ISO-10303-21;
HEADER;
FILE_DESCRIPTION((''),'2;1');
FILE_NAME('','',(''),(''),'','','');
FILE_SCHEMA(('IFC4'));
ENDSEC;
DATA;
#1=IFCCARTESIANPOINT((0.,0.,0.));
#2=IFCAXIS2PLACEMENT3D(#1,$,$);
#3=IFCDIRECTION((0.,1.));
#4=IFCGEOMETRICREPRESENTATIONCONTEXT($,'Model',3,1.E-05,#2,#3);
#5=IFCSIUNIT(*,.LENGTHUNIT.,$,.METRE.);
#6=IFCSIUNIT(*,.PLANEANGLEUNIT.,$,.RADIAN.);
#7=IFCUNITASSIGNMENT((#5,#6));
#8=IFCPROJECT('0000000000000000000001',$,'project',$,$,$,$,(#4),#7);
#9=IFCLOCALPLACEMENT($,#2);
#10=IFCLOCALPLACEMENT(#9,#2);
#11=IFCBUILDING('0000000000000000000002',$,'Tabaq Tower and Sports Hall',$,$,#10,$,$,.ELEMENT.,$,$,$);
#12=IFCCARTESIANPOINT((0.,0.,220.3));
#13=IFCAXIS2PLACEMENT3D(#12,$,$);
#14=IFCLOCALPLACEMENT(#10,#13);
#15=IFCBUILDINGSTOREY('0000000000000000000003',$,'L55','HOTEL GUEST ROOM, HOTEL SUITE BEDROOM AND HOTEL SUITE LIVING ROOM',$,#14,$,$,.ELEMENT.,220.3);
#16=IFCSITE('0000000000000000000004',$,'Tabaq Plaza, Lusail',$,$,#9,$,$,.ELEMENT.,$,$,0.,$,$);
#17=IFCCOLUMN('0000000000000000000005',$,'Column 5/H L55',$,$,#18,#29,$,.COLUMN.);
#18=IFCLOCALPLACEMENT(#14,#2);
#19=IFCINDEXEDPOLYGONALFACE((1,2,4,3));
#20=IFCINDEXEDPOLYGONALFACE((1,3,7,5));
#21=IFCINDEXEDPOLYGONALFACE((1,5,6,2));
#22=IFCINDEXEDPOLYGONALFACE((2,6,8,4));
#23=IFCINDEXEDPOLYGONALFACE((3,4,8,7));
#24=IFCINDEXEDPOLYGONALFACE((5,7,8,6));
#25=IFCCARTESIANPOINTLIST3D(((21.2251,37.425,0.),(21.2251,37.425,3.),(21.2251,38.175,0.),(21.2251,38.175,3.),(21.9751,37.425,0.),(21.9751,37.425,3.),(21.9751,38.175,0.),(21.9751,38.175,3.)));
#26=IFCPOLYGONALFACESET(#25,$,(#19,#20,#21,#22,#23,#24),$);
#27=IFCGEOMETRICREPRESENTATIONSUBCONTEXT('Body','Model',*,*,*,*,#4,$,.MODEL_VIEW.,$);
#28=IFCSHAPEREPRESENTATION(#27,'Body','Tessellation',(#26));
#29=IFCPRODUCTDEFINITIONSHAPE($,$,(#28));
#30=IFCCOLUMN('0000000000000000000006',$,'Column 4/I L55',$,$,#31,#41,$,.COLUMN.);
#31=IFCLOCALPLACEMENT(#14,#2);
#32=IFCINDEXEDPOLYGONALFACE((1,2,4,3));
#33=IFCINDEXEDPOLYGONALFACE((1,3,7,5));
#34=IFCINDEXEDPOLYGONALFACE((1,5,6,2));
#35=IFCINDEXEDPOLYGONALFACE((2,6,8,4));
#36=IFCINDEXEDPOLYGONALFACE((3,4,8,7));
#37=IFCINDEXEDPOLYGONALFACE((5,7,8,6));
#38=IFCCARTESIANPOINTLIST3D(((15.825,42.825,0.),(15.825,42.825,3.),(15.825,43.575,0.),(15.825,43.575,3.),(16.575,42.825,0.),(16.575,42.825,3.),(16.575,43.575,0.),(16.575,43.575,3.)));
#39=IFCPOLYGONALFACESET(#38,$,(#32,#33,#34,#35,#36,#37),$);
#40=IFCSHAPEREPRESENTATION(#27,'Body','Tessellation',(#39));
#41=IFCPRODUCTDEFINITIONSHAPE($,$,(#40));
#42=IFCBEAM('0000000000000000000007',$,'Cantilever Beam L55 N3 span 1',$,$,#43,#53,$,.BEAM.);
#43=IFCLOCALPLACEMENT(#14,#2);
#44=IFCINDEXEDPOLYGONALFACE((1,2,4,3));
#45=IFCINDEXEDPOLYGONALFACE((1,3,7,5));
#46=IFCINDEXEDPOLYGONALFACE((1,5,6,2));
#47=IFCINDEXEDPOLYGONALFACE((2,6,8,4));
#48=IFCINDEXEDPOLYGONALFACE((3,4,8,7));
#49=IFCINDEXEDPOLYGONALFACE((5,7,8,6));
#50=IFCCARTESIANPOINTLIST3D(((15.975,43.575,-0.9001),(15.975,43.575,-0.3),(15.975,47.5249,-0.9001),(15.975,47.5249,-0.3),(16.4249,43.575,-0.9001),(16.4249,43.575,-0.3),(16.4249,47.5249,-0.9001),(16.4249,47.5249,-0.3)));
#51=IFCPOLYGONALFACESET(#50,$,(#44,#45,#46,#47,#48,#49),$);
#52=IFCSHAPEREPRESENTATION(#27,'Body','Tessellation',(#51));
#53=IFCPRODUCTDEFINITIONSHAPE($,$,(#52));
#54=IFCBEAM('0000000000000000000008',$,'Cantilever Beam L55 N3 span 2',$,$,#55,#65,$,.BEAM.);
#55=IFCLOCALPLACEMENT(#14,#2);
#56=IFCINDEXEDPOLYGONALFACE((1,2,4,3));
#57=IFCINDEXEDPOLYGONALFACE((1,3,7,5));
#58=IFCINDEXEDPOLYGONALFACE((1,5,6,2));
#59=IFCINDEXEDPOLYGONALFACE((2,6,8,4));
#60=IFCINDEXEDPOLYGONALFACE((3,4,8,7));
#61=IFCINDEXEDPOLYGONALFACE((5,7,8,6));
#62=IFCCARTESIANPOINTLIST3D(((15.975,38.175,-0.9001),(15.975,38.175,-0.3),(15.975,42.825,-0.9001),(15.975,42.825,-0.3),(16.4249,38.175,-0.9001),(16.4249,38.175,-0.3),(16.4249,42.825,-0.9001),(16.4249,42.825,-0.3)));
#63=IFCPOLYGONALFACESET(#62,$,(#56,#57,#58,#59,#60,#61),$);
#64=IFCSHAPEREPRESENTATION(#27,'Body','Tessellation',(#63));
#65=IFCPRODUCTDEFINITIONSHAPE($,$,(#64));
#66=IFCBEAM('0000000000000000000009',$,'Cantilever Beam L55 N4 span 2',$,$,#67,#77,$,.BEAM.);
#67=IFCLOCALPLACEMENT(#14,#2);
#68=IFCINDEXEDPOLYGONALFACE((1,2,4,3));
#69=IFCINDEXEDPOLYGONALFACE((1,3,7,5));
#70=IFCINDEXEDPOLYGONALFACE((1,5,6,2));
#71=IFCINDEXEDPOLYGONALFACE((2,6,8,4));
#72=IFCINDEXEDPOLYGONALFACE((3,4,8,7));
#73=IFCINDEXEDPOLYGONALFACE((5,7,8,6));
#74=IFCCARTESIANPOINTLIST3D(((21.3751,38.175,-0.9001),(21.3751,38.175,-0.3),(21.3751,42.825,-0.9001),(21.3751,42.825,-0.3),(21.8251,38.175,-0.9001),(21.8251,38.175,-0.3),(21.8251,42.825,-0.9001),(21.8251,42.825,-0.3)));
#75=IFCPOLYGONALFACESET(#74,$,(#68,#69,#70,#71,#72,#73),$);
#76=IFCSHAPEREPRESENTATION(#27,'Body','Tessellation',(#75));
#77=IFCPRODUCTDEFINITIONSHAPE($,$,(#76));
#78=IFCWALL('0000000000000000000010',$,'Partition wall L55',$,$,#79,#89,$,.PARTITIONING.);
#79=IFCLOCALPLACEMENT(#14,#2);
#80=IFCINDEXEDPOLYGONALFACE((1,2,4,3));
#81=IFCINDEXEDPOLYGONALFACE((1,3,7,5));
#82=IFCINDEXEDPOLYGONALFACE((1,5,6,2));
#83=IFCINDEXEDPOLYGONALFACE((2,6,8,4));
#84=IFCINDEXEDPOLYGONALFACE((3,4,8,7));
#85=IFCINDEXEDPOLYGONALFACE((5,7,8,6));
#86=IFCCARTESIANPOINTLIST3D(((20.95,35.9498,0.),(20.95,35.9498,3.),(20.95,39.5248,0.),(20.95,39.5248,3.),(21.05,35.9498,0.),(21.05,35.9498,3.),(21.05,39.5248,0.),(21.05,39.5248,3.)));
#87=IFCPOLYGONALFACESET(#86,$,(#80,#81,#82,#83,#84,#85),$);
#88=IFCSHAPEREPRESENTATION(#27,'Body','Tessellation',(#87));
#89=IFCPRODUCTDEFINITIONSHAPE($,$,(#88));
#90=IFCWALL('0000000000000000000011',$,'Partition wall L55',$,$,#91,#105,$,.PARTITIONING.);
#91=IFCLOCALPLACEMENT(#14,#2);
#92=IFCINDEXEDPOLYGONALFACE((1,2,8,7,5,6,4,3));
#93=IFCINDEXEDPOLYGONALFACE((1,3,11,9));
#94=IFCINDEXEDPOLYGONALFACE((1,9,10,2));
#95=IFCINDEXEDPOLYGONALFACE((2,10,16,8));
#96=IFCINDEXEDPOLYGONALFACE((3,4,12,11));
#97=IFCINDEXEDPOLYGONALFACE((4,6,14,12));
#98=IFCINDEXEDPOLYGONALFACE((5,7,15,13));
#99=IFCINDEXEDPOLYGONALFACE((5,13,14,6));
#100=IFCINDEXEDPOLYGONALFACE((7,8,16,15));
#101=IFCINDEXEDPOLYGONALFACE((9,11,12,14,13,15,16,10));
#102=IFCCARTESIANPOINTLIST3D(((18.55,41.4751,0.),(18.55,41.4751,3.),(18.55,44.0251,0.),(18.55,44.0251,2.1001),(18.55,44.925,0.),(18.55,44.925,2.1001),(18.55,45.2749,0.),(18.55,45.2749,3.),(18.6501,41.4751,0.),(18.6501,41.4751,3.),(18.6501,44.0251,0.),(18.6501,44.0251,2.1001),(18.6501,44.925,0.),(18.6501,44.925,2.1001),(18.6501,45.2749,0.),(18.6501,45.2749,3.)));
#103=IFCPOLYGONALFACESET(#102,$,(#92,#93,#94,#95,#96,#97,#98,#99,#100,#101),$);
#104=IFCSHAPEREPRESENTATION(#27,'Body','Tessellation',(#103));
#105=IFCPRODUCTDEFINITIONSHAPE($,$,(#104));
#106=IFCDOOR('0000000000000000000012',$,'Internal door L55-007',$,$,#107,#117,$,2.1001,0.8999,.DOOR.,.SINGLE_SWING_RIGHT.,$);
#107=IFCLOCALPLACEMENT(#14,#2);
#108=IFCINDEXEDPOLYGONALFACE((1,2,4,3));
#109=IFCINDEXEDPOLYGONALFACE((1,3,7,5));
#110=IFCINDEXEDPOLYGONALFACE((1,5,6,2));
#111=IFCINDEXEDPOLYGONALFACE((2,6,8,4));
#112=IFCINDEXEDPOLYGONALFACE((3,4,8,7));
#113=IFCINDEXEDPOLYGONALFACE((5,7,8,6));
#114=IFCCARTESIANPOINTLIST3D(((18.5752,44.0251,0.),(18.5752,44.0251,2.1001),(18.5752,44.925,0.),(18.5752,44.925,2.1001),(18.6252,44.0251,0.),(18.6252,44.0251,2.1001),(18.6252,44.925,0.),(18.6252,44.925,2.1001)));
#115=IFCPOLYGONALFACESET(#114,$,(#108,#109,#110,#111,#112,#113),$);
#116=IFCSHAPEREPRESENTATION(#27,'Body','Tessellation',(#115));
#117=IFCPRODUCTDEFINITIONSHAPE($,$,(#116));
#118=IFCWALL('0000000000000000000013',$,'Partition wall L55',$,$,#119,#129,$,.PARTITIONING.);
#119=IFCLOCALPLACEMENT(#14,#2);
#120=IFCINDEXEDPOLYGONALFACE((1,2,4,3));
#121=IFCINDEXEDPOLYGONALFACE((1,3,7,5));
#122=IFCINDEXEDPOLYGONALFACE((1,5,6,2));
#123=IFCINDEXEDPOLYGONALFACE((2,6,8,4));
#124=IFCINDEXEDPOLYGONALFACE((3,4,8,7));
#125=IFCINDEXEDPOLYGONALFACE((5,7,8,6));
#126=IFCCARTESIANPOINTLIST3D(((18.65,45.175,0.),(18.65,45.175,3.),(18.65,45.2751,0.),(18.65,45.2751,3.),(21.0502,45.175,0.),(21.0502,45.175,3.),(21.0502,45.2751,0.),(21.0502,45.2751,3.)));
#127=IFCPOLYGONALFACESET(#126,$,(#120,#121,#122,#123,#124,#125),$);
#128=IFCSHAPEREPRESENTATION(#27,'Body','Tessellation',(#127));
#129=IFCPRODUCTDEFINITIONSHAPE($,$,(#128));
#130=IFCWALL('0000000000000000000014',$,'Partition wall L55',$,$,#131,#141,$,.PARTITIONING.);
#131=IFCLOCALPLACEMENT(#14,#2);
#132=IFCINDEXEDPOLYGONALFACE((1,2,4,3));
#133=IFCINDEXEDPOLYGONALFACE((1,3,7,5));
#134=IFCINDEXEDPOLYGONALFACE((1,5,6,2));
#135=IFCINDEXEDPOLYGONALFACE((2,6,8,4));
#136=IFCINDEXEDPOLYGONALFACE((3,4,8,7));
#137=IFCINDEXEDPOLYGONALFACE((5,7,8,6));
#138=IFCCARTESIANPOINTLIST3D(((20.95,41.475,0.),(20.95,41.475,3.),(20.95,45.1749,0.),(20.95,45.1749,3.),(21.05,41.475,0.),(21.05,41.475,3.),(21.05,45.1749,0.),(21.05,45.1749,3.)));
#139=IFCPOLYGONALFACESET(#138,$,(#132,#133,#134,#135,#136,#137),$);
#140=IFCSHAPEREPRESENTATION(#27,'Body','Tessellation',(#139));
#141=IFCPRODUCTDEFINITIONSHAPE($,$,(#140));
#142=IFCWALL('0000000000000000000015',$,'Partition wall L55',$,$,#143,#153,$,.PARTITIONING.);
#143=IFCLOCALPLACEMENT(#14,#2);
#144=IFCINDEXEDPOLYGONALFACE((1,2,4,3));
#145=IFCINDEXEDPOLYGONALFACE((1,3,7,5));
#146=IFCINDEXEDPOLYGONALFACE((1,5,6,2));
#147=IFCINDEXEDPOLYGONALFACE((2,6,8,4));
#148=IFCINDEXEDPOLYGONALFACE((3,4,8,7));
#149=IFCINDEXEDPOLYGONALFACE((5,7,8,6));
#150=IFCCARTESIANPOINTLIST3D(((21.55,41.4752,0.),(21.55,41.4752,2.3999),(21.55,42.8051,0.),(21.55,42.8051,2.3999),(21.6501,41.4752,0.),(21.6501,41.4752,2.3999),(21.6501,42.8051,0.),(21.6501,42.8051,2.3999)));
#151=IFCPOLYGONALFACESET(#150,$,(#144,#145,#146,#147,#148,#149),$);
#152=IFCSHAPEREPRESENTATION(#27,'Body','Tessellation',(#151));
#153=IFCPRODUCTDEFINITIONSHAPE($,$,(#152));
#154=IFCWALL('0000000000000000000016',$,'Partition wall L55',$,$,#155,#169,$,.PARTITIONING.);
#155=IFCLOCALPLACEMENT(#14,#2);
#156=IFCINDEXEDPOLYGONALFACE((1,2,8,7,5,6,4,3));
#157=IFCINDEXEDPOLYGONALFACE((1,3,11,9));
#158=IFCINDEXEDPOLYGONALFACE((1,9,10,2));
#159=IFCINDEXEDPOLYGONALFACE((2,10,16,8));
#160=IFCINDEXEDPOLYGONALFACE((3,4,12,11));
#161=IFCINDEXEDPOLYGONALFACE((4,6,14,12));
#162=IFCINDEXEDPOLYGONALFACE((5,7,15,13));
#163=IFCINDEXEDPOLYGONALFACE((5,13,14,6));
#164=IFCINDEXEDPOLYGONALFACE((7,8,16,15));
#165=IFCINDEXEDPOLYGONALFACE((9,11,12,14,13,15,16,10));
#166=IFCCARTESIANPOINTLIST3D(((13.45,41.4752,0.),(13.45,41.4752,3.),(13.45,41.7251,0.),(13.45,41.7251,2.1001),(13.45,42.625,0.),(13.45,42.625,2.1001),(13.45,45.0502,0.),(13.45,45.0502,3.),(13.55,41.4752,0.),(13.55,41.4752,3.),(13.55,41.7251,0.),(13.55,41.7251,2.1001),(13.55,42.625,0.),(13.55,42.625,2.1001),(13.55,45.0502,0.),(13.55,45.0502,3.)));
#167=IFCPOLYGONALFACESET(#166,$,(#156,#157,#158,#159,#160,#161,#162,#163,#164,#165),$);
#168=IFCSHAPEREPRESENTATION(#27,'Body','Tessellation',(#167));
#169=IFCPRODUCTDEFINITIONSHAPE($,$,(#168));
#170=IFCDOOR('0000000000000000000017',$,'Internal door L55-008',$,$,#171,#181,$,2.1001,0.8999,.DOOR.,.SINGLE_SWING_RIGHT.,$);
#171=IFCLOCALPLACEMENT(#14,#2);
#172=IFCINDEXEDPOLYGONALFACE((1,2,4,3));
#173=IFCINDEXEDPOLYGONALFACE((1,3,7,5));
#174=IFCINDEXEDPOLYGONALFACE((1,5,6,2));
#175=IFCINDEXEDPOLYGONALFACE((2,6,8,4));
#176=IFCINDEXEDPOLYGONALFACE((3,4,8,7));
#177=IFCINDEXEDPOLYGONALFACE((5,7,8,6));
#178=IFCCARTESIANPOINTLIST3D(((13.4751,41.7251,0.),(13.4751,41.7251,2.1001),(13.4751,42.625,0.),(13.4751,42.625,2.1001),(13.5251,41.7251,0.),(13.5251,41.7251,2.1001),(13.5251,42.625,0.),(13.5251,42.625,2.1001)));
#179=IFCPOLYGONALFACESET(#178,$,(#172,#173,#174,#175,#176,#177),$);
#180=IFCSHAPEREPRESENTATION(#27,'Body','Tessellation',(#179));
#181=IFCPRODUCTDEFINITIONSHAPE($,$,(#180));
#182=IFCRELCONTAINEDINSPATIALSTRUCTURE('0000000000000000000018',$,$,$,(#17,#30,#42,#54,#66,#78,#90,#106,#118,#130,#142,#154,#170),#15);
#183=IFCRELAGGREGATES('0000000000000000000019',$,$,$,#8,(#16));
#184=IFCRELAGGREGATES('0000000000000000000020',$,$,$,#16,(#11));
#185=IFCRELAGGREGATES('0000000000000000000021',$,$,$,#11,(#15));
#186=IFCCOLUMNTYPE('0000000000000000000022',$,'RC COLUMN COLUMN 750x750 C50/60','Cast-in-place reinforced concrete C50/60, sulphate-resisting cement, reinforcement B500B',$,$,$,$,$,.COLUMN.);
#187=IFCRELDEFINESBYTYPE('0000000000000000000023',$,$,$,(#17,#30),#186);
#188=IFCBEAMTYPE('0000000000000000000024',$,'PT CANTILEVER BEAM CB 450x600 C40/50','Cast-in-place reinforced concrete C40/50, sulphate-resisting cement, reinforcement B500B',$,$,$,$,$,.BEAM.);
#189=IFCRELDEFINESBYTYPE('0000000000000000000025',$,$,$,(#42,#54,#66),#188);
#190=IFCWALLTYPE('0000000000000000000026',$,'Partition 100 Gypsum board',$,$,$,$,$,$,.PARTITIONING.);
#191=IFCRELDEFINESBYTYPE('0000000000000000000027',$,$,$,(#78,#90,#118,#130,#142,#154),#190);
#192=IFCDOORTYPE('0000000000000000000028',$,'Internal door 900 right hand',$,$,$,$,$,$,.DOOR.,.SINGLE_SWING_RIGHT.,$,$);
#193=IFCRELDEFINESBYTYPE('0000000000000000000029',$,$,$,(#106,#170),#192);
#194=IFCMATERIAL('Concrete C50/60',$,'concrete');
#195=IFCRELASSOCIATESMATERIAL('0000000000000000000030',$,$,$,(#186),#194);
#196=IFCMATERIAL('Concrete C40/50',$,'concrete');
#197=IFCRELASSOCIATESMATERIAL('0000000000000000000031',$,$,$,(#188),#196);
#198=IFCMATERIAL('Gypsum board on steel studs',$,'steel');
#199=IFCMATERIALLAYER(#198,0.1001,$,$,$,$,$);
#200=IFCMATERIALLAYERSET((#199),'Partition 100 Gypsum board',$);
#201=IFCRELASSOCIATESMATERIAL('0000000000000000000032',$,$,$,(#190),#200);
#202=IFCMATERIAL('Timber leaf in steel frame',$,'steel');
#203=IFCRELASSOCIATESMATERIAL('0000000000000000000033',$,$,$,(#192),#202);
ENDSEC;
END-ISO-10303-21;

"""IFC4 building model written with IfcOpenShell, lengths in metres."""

from ifc_helpers import new_model, si_unit, direction, frame, frame_2d, origin, origin_2d, place, context, subcontext, project, spatial, rectangle, extrude, material, layer, layer_set, material_profile, profile_set, type_object, element, fill, save


model = new_model("IFC4")

# Units and contexts
model_context = context("Model", 3, precision=1e-05, world=origin(), true_north=direction((0.0, 1.0)))
body_context = subcontext(model_context, "Body", "Model", "MODEL_VIEW")
ifc_project = project(units=[si_unit("LENGTHUNIT", "METRE"), si_unit("PLANEANGLEUNIT", "RADIAN")], contexts=[model_context])

# Site, building, storey
site_placement = place(None, origin())
site = spatial("IfcSite", under=ifc_project, at=site_placement, Name="Tabaq Plaza, Lusail", CompositionType="ELEMENT", RefElevation=0.0)
building_placement = place(site_placement, origin())
building = spatial("IfcBuilding", under=site, at=building_placement, Name="Tabaq Tower and Sports Hall", CompositionType="ELEMENT")
storey_placement = place(building_placement, frame((0.0, 0.0, 220.3)))
storey = spatial("IfcBuildingStorey", under=building, at=storey_placement, Name="L55", Description="HOTEL GUEST ROOM, HOTEL SUITE BEDROOM AND HOTEL SUITE LIVING ROOM", CompositionType="ELEMENT", Elevation=220.3)

# Columns
ifc_material_1 = material(Name="Concrete C50/60", Category="concrete")
ifc_material_profile_1 = material_profile(ifc_material_1, rectangle(XDim=0.75, YDim=0.75, at=origin_2d()), Name="COLUMN 750x750")
ifc_profile_set_1 = profile_set([ifc_material_profile_1], Name="Concrete C50/60")
column_type = type_object("IfcColumnType", Name="RC COLUMN COLUMN 750x750 C50/60", Description="Cast-in-place reinforced concrete C50/60, sulphate-resisting cement, reinforcement B500B", PredefinedType="COLUMN", material=ifc_profile_set_1)
for number, where, z_axis, x_axis, name in (
    (1, (21.6001, 37.8, 0.0), (0.0, 0.0, 1.0), (1.0, 0.0, 0.0), "Column 5/H L55"),
    (2, (16.2, 43.2, 0.0), (0.0, 0.0, 1.0), (1.0, 0.0, 0.0), "Column 4/I L55"),
):
    element("IfcColumn", number, at=place(storey_placement, frame(where, z_axis=z_axis, x_axis=x_axis)), inside=storey, type_object=column_type, Name=name, PredefinedType="COLUMN", context=body_context, shape_type="SweptSolid", body=[
        extrude(rectangle(XDim=0.75, YDim=0.75, at=origin_2d()), origin(), (0.0, 0.0, 1.0), 3.0),
    ])

# Beams
ifc_material_2 = material(Name="Concrete C40/50", Category="concrete")
ifc_material_profile_2 = material_profile(ifc_material_2, rectangle(XDim=0.45, YDim=0.6001, at=origin_2d()), Name="CB 450x600")
ifc_profile_set_2 = profile_set([ifc_material_profile_2], Name="Concrete C40/50")
beam_type = type_object("IfcBeamType", Name="PT CANTILEVER BEAM CB 450x600 C40/50", Description="Cast-in-place reinforced concrete C40/50, sulphate-resisting cement, reinforcement B500B", PredefinedType="BEAM", material=ifc_profile_set_2)
beam_placement = place(storey_placement, frame((16.2, 47.5249, -0.6001), z_axis=(0.0, -1.0, 0.0), x_axis=(1.0, 0.0, 0.0)))
element("IfcBeam", 3, at=beam_placement, inside=storey, type_object=beam_type, Name="Cantilever Beam L55 N3 span 1", PredefinedType="BEAM", context=body_context, shape_type="SweptSolid", body=[
    extrude(rectangle(XDim=0.45, YDim=0.6001, at=origin_2d()), origin(), (0.0, 0.0, 1.0), 3.95),
])
for number, where, z_axis, x_axis, name in (
    (4, (16.2, 42.825, -0.6001), (0.0, -1.0, 0.0), (1.0, 0.0, 0.0), "Cantilever Beam L55 N3 span 2"),
    (5, (21.6001, 42.825, -0.6001), (0.0, -1.0, 0.0), (1.0, 0.0, 0.0), "Cantilever Beam L55 N4 span 2"),
):
    element("IfcBeam", number, at=place(storey_placement, frame(where, z_axis=z_axis, x_axis=x_axis)), inside=storey, type_object=beam_type, Name=name, PredefinedType="BEAM", context=body_context, shape_type="SweptSolid", body=[
        extrude(rectangle(XDim=0.45, YDim=0.6001, at=origin_2d()), origin(), (0.0, 0.0, 1.0), 4.6499),
    ])

# Wall
ifc_material_3 = material(Name="Gypsum board on steel studs", Category="steel")
ifc_layer_1 = layer(ifc_material_3, 0.1001)
ifc_layer_set_1 = layer_set([ifc_layer_1], Name="Partition 100 Gypsum board")
wall_type_1 = type_object("IfcWallType", Name="Partition 100 Gypsum board", PredefinedType="PARTITIONING", material=ifc_layer_set_1)
wall_1_placement = place(storey_placement, frame((21.0, 39.5249, 0.0), z_axis=(0.0, 0.0, 1.0), x_axis=(0.0, -1.0, 0.0)))
element("IfcWall", 6, at=wall_1_placement, inside=storey, type_object=wall_type_1, Name="Partition wall L55", PredefinedType="PARTITIONING", context=body_context, shape_type="SweptSolid", body=[
    extrude(rectangle(XDim=3.575, YDim=0.1001, at=frame_2d((1.7876, 0.0))), origin(), (0.0, 0.0, 1.0), 3.0),
])

# Wall, opening, door
wall_2_placement = place(storey_placement, frame((18.6001, 41.4751, 0.0), z_axis=(0.0, 0.0, 1.0), x_axis=(0.0, 1.0, 0.0)))
wall_2 = element("IfcWall", 7, at=wall_2_placement, inside=storey, type_object=wall_type_1, Name="Partition wall L55", PredefinedType="PARTITIONING", context=body_context, shape_type="SweptSolid", body=[
    extrude(rectangle(XDim=3.7998, YDim=0.1001, at=frame_2d((1.8999, 0.0))), origin(), (0.0, 0.0, 1.0), 3.0),
])
opening_1_placement = place(wall_2_placement, frame((2.55, 0.0, 0.0)))
opening_1 = element("IfcOpeningElement", 8, at=opening_1_placement, cuts=wall_2, PredefinedType="OPENING", context=body_context, shape_type="SweptSolid", body=[
    extrude(rectangle(XDim=0.8999, YDim=2.1001, at=frame_2d((0.45, 1.05))), frame((0.0, 0.05, 0.0), z_axis=(0.0, -1.0, 0.0), x_axis=(1.0, 0.0, 0.0)), (0.0, 0.0, 1.0), 0.1001),
])
ifc_material_4 = material(Name="Timber leaf in steel frame", Category="steel")
door_type = type_object("IfcDoorType", Name="Internal door 900 right hand", OperationType="SINGLE_SWING_RIGHT", PredefinedType="DOOR", material=ifc_material_4)
door_1_placement = place(opening_1_placement, origin())
door_1 = element("IfcDoor", 9, at=door_1_placement, inside=storey, type_object=door_type, Name="Internal door L55-007", OperationType="SINGLE_SWING_RIGHT", OverallHeight=2.1001, OverallWidth=0.8999, PredefinedType="DOOR", context=body_context, shape_type="SweptSolid", body=[
    extrude(rectangle(XDim=0.8999, YDim=2.1001, at=frame_2d((0.45, 1.05))), frame((0.0, 0.0249, 0.0), z_axis=(0.0, -1.0, 0.0), x_axis=(1.0, 0.0, 0.0)), (0.0, 0.0, 1.0), 0.05),
])
fill(opening_1, door_1)

# Walls
wall_3_placement = place(storey_placement, frame((18.6499, 45.2251, 0.0), z_axis=(0.0, 0.0, 1.0), x_axis=(1.0, 0.0, 0.0)))
element("IfcWall", 10, at=wall_3_placement, inside=storey, type_object=wall_type_1, Name="Partition wall L55", PredefinedType="PARTITIONING", context=body_context, shape_type="SweptSolid", body=[
    extrude(rectangle(XDim=2.4001, YDim=0.1001, at=frame_2d((1.2002, 0.0))), origin(), (0.0, 0.0, 1.0), 3.0),
])
wall_4_placement = place(storey_placement, frame((21.0, 45.175, 0.0), z_axis=(0.0, 0.0, 1.0), x_axis=(0.0, -1.0, 0.0)))
element("IfcWall", 11, at=wall_4_placement, inside=storey, type_object=wall_type_1, Name="Partition wall L55", PredefinedType="PARTITIONING", context=body_context, shape_type="SweptSolid", body=[
    extrude(rectangle(XDim=3.7, YDim=0.1001, at=frame_2d((1.8501, 0.0))), origin(), (0.0, 0.0, 1.0), 3.0),
])
wall_5_placement = place(storey_placement, frame((21.6001, 41.4751, 0.0), z_axis=(0.0, 0.0, 1.0), x_axis=(0.0, 1.0, 0.0)))
element("IfcWall", 12, at=wall_5_placement, inside=storey, type_object=wall_type_1, Name="Partition wall L55", PredefinedType="PARTITIONING", context=body_context, shape_type="SweptSolid", body=[
    extrude(rectangle(XDim=1.3298, YDim=0.1001, at=frame_2d((0.665, 0.0))), origin(), (0.0, 0.0, 1.0), 2.3999),
])

# Wall, opening, door
wall_6_placement = place(storey_placement, frame((13.5, 41.4751, 0.0), z_axis=(0.0, 0.0, 1.0), x_axis=(0.0, 1.0, 0.0)))
wall_6 = element("IfcWall", 13, at=wall_6_placement, inside=storey, type_object=wall_type_1, Name="Partition wall L55", PredefinedType="PARTITIONING", context=body_context, shape_type="SweptSolid", body=[
    extrude(rectangle(XDim=3.575, YDim=0.1001, at=frame_2d((1.7876, 0.0))), origin(), (0.0, 0.0, 1.0), 3.0),
])
opening_2_placement = place(wall_6_placement, frame((0.25, 0.0, 0.0)))
opening_2 = element("IfcOpeningElement", 14, at=opening_2_placement, cuts=wall_6, PredefinedType="OPENING", context=body_context, shape_type="SweptSolid", body=[
    extrude(rectangle(XDim=0.8999, YDim=2.1001, at=frame_2d((0.45, 1.05))), frame((0.0, 0.05, 0.0), z_axis=(0.0, -1.0, 0.0), x_axis=(1.0, 0.0, 0.0)), (0.0, 0.0, 1.0), 0.1001),
])
door_2_placement = place(opening_2_placement, origin())
door_2 = element("IfcDoor", 15, at=door_2_placement, inside=storey, type_object=door_type, Name="Internal door L55-008", OperationType="SINGLE_SWING_RIGHT", OverallHeight=2.1001, OverallWidth=0.8999, PredefinedType="DOOR", context=body_context, shape_type="SweptSolid", body=[
    extrude(rectangle(XDim=0.8999, YDim=2.1001, at=frame_2d((0.45, 1.05))), frame((0.0, 0.0249, 0.0), z_axis=(0.0, -1.0, 0.0), x_axis=(1.0, 0.0, 0.0)), (0.0, 0.0, 1.0), 0.05),
])
fill(opening_2, door_2)

save(model, "model.ifc")
